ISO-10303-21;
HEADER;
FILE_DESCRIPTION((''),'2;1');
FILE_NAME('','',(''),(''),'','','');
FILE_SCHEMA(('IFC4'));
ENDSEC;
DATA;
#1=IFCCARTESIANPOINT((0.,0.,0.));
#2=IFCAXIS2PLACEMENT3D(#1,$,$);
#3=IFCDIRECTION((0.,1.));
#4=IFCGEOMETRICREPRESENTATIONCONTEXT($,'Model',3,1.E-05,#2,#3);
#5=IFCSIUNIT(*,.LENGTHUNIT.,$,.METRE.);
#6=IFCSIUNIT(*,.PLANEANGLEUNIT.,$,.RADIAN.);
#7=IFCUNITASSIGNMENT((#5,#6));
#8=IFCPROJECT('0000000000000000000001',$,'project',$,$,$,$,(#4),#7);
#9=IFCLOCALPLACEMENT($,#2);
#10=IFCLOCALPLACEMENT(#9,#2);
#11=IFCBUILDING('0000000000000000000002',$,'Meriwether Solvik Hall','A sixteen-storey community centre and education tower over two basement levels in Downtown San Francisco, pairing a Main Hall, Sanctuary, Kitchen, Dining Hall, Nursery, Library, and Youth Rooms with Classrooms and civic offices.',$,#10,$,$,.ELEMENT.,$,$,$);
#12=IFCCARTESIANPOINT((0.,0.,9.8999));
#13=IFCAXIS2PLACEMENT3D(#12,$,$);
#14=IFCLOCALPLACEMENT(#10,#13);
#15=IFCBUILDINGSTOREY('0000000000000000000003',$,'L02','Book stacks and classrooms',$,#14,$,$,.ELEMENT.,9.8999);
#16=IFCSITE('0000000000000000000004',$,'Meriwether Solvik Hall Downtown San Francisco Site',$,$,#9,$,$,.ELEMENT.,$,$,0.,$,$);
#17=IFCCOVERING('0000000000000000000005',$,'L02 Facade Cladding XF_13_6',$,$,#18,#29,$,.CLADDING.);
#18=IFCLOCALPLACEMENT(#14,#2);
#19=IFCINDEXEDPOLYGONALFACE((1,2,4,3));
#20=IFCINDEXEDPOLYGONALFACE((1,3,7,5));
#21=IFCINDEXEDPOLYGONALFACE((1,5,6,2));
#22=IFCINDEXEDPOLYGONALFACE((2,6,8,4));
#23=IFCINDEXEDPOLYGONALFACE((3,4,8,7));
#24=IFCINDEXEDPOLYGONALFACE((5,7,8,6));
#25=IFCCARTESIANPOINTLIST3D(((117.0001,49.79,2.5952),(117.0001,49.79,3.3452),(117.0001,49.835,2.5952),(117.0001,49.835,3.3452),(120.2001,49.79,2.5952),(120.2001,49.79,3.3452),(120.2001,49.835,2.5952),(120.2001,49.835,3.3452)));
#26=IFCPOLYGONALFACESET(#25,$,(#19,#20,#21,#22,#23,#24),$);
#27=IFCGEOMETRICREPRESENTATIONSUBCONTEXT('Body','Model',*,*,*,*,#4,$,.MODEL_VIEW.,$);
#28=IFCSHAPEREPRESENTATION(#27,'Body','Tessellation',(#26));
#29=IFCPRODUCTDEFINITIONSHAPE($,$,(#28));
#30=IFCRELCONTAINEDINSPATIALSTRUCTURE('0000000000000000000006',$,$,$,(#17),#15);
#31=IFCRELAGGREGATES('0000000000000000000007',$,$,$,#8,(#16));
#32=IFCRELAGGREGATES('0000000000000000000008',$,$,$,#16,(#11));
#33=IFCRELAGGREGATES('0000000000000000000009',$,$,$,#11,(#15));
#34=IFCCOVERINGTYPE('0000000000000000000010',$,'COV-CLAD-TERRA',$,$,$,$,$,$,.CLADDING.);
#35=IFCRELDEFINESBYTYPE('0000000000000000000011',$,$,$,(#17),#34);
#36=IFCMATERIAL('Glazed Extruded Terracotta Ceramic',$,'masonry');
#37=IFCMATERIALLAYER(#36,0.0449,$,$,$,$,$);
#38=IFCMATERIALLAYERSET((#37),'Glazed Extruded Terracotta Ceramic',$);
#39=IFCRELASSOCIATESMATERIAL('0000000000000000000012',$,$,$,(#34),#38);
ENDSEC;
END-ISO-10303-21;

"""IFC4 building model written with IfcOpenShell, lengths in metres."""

from ifc_helpers import new_model, si_unit, direction, frame, origin, origin_2d, place, context, subcontext, project, spatial, rectangle, extrude, material, layer, layer_set, type_object, element, save


model = new_model("IFC4")

# Units and contexts
model_context = context("Model", 3, precision=1e-05, world=origin(), true_north=direction((0.0, 1.0)))
body_context = subcontext(model_context, "Body", "Model", "MODEL_VIEW")
ifc_project = project(units=[si_unit("LENGTHUNIT", "METRE"), si_unit("PLANEANGLEUNIT", "RADIAN")], contexts=[model_context])

# Site, building, storey
site_placement = place(None, origin())
site = spatial("IfcSite", under=ifc_project, at=site_placement, Name="Meriwether Solvik Hall Downtown San Francisco Site", CompositionType="ELEMENT", RefElevation=0.0)
building_placement = place(site_placement, origin())
building = spatial("IfcBuilding", under=site, at=building_placement, Name="Meriwether Solvik Hall", Description="A sixteen-storey community centre and education tower over two basement levels in Downtown San Francisco, pairing a Main Hall, Sanctuary, Kitchen, Dining Hall, Nursery, Library, and Youth Rooms with Classrooms and civic offices.", CompositionType="ELEMENT")
storey_placement = place(building_placement, frame((0.0, 0.0, 9.8999)))
storey = spatial("IfcBuildingStorey", under=building, at=storey_placement, Name="L02", Description="Book stacks and classrooms", CompositionType="ELEMENT", Elevation=9.8999)

# Covering
ifc_material_1 = material(Name="Glazed Extruded Terracotta Ceramic", Category="masonry")
ifc_layer_1 = layer(ifc_material_1, 0.0449)
ifc_layer_set_1 = layer_set([ifc_layer_1], Name="Glazed Extruded Terracotta Ceramic")
covering_type = type_object("IfcCoveringType", Name="COV-CLAD-TERRA", PredefinedType="CLADDING", material=ifc_layer_set_1)
covering_placement = place(storey_placement, frame((118.6001, 49.8125, 2.5952), z_axis=(0.0, 0.0, 1.0), x_axis=(-1.0, 0.0, 0.0)))
element("IfcCovering", 1, at=covering_placement, inside=storey, type_object=covering_type, Name="L02 Facade Cladding XF_13_6", PredefinedType="CLADDING", context=body_context, shape_type="SweptSolid", body=[
    extrude(rectangle(XDim=3.2, YDim=0.0449, at=origin_2d()), origin(), (0.0, 0.0, 1.0), 0.75),
])

save(model, "model.ifc")
